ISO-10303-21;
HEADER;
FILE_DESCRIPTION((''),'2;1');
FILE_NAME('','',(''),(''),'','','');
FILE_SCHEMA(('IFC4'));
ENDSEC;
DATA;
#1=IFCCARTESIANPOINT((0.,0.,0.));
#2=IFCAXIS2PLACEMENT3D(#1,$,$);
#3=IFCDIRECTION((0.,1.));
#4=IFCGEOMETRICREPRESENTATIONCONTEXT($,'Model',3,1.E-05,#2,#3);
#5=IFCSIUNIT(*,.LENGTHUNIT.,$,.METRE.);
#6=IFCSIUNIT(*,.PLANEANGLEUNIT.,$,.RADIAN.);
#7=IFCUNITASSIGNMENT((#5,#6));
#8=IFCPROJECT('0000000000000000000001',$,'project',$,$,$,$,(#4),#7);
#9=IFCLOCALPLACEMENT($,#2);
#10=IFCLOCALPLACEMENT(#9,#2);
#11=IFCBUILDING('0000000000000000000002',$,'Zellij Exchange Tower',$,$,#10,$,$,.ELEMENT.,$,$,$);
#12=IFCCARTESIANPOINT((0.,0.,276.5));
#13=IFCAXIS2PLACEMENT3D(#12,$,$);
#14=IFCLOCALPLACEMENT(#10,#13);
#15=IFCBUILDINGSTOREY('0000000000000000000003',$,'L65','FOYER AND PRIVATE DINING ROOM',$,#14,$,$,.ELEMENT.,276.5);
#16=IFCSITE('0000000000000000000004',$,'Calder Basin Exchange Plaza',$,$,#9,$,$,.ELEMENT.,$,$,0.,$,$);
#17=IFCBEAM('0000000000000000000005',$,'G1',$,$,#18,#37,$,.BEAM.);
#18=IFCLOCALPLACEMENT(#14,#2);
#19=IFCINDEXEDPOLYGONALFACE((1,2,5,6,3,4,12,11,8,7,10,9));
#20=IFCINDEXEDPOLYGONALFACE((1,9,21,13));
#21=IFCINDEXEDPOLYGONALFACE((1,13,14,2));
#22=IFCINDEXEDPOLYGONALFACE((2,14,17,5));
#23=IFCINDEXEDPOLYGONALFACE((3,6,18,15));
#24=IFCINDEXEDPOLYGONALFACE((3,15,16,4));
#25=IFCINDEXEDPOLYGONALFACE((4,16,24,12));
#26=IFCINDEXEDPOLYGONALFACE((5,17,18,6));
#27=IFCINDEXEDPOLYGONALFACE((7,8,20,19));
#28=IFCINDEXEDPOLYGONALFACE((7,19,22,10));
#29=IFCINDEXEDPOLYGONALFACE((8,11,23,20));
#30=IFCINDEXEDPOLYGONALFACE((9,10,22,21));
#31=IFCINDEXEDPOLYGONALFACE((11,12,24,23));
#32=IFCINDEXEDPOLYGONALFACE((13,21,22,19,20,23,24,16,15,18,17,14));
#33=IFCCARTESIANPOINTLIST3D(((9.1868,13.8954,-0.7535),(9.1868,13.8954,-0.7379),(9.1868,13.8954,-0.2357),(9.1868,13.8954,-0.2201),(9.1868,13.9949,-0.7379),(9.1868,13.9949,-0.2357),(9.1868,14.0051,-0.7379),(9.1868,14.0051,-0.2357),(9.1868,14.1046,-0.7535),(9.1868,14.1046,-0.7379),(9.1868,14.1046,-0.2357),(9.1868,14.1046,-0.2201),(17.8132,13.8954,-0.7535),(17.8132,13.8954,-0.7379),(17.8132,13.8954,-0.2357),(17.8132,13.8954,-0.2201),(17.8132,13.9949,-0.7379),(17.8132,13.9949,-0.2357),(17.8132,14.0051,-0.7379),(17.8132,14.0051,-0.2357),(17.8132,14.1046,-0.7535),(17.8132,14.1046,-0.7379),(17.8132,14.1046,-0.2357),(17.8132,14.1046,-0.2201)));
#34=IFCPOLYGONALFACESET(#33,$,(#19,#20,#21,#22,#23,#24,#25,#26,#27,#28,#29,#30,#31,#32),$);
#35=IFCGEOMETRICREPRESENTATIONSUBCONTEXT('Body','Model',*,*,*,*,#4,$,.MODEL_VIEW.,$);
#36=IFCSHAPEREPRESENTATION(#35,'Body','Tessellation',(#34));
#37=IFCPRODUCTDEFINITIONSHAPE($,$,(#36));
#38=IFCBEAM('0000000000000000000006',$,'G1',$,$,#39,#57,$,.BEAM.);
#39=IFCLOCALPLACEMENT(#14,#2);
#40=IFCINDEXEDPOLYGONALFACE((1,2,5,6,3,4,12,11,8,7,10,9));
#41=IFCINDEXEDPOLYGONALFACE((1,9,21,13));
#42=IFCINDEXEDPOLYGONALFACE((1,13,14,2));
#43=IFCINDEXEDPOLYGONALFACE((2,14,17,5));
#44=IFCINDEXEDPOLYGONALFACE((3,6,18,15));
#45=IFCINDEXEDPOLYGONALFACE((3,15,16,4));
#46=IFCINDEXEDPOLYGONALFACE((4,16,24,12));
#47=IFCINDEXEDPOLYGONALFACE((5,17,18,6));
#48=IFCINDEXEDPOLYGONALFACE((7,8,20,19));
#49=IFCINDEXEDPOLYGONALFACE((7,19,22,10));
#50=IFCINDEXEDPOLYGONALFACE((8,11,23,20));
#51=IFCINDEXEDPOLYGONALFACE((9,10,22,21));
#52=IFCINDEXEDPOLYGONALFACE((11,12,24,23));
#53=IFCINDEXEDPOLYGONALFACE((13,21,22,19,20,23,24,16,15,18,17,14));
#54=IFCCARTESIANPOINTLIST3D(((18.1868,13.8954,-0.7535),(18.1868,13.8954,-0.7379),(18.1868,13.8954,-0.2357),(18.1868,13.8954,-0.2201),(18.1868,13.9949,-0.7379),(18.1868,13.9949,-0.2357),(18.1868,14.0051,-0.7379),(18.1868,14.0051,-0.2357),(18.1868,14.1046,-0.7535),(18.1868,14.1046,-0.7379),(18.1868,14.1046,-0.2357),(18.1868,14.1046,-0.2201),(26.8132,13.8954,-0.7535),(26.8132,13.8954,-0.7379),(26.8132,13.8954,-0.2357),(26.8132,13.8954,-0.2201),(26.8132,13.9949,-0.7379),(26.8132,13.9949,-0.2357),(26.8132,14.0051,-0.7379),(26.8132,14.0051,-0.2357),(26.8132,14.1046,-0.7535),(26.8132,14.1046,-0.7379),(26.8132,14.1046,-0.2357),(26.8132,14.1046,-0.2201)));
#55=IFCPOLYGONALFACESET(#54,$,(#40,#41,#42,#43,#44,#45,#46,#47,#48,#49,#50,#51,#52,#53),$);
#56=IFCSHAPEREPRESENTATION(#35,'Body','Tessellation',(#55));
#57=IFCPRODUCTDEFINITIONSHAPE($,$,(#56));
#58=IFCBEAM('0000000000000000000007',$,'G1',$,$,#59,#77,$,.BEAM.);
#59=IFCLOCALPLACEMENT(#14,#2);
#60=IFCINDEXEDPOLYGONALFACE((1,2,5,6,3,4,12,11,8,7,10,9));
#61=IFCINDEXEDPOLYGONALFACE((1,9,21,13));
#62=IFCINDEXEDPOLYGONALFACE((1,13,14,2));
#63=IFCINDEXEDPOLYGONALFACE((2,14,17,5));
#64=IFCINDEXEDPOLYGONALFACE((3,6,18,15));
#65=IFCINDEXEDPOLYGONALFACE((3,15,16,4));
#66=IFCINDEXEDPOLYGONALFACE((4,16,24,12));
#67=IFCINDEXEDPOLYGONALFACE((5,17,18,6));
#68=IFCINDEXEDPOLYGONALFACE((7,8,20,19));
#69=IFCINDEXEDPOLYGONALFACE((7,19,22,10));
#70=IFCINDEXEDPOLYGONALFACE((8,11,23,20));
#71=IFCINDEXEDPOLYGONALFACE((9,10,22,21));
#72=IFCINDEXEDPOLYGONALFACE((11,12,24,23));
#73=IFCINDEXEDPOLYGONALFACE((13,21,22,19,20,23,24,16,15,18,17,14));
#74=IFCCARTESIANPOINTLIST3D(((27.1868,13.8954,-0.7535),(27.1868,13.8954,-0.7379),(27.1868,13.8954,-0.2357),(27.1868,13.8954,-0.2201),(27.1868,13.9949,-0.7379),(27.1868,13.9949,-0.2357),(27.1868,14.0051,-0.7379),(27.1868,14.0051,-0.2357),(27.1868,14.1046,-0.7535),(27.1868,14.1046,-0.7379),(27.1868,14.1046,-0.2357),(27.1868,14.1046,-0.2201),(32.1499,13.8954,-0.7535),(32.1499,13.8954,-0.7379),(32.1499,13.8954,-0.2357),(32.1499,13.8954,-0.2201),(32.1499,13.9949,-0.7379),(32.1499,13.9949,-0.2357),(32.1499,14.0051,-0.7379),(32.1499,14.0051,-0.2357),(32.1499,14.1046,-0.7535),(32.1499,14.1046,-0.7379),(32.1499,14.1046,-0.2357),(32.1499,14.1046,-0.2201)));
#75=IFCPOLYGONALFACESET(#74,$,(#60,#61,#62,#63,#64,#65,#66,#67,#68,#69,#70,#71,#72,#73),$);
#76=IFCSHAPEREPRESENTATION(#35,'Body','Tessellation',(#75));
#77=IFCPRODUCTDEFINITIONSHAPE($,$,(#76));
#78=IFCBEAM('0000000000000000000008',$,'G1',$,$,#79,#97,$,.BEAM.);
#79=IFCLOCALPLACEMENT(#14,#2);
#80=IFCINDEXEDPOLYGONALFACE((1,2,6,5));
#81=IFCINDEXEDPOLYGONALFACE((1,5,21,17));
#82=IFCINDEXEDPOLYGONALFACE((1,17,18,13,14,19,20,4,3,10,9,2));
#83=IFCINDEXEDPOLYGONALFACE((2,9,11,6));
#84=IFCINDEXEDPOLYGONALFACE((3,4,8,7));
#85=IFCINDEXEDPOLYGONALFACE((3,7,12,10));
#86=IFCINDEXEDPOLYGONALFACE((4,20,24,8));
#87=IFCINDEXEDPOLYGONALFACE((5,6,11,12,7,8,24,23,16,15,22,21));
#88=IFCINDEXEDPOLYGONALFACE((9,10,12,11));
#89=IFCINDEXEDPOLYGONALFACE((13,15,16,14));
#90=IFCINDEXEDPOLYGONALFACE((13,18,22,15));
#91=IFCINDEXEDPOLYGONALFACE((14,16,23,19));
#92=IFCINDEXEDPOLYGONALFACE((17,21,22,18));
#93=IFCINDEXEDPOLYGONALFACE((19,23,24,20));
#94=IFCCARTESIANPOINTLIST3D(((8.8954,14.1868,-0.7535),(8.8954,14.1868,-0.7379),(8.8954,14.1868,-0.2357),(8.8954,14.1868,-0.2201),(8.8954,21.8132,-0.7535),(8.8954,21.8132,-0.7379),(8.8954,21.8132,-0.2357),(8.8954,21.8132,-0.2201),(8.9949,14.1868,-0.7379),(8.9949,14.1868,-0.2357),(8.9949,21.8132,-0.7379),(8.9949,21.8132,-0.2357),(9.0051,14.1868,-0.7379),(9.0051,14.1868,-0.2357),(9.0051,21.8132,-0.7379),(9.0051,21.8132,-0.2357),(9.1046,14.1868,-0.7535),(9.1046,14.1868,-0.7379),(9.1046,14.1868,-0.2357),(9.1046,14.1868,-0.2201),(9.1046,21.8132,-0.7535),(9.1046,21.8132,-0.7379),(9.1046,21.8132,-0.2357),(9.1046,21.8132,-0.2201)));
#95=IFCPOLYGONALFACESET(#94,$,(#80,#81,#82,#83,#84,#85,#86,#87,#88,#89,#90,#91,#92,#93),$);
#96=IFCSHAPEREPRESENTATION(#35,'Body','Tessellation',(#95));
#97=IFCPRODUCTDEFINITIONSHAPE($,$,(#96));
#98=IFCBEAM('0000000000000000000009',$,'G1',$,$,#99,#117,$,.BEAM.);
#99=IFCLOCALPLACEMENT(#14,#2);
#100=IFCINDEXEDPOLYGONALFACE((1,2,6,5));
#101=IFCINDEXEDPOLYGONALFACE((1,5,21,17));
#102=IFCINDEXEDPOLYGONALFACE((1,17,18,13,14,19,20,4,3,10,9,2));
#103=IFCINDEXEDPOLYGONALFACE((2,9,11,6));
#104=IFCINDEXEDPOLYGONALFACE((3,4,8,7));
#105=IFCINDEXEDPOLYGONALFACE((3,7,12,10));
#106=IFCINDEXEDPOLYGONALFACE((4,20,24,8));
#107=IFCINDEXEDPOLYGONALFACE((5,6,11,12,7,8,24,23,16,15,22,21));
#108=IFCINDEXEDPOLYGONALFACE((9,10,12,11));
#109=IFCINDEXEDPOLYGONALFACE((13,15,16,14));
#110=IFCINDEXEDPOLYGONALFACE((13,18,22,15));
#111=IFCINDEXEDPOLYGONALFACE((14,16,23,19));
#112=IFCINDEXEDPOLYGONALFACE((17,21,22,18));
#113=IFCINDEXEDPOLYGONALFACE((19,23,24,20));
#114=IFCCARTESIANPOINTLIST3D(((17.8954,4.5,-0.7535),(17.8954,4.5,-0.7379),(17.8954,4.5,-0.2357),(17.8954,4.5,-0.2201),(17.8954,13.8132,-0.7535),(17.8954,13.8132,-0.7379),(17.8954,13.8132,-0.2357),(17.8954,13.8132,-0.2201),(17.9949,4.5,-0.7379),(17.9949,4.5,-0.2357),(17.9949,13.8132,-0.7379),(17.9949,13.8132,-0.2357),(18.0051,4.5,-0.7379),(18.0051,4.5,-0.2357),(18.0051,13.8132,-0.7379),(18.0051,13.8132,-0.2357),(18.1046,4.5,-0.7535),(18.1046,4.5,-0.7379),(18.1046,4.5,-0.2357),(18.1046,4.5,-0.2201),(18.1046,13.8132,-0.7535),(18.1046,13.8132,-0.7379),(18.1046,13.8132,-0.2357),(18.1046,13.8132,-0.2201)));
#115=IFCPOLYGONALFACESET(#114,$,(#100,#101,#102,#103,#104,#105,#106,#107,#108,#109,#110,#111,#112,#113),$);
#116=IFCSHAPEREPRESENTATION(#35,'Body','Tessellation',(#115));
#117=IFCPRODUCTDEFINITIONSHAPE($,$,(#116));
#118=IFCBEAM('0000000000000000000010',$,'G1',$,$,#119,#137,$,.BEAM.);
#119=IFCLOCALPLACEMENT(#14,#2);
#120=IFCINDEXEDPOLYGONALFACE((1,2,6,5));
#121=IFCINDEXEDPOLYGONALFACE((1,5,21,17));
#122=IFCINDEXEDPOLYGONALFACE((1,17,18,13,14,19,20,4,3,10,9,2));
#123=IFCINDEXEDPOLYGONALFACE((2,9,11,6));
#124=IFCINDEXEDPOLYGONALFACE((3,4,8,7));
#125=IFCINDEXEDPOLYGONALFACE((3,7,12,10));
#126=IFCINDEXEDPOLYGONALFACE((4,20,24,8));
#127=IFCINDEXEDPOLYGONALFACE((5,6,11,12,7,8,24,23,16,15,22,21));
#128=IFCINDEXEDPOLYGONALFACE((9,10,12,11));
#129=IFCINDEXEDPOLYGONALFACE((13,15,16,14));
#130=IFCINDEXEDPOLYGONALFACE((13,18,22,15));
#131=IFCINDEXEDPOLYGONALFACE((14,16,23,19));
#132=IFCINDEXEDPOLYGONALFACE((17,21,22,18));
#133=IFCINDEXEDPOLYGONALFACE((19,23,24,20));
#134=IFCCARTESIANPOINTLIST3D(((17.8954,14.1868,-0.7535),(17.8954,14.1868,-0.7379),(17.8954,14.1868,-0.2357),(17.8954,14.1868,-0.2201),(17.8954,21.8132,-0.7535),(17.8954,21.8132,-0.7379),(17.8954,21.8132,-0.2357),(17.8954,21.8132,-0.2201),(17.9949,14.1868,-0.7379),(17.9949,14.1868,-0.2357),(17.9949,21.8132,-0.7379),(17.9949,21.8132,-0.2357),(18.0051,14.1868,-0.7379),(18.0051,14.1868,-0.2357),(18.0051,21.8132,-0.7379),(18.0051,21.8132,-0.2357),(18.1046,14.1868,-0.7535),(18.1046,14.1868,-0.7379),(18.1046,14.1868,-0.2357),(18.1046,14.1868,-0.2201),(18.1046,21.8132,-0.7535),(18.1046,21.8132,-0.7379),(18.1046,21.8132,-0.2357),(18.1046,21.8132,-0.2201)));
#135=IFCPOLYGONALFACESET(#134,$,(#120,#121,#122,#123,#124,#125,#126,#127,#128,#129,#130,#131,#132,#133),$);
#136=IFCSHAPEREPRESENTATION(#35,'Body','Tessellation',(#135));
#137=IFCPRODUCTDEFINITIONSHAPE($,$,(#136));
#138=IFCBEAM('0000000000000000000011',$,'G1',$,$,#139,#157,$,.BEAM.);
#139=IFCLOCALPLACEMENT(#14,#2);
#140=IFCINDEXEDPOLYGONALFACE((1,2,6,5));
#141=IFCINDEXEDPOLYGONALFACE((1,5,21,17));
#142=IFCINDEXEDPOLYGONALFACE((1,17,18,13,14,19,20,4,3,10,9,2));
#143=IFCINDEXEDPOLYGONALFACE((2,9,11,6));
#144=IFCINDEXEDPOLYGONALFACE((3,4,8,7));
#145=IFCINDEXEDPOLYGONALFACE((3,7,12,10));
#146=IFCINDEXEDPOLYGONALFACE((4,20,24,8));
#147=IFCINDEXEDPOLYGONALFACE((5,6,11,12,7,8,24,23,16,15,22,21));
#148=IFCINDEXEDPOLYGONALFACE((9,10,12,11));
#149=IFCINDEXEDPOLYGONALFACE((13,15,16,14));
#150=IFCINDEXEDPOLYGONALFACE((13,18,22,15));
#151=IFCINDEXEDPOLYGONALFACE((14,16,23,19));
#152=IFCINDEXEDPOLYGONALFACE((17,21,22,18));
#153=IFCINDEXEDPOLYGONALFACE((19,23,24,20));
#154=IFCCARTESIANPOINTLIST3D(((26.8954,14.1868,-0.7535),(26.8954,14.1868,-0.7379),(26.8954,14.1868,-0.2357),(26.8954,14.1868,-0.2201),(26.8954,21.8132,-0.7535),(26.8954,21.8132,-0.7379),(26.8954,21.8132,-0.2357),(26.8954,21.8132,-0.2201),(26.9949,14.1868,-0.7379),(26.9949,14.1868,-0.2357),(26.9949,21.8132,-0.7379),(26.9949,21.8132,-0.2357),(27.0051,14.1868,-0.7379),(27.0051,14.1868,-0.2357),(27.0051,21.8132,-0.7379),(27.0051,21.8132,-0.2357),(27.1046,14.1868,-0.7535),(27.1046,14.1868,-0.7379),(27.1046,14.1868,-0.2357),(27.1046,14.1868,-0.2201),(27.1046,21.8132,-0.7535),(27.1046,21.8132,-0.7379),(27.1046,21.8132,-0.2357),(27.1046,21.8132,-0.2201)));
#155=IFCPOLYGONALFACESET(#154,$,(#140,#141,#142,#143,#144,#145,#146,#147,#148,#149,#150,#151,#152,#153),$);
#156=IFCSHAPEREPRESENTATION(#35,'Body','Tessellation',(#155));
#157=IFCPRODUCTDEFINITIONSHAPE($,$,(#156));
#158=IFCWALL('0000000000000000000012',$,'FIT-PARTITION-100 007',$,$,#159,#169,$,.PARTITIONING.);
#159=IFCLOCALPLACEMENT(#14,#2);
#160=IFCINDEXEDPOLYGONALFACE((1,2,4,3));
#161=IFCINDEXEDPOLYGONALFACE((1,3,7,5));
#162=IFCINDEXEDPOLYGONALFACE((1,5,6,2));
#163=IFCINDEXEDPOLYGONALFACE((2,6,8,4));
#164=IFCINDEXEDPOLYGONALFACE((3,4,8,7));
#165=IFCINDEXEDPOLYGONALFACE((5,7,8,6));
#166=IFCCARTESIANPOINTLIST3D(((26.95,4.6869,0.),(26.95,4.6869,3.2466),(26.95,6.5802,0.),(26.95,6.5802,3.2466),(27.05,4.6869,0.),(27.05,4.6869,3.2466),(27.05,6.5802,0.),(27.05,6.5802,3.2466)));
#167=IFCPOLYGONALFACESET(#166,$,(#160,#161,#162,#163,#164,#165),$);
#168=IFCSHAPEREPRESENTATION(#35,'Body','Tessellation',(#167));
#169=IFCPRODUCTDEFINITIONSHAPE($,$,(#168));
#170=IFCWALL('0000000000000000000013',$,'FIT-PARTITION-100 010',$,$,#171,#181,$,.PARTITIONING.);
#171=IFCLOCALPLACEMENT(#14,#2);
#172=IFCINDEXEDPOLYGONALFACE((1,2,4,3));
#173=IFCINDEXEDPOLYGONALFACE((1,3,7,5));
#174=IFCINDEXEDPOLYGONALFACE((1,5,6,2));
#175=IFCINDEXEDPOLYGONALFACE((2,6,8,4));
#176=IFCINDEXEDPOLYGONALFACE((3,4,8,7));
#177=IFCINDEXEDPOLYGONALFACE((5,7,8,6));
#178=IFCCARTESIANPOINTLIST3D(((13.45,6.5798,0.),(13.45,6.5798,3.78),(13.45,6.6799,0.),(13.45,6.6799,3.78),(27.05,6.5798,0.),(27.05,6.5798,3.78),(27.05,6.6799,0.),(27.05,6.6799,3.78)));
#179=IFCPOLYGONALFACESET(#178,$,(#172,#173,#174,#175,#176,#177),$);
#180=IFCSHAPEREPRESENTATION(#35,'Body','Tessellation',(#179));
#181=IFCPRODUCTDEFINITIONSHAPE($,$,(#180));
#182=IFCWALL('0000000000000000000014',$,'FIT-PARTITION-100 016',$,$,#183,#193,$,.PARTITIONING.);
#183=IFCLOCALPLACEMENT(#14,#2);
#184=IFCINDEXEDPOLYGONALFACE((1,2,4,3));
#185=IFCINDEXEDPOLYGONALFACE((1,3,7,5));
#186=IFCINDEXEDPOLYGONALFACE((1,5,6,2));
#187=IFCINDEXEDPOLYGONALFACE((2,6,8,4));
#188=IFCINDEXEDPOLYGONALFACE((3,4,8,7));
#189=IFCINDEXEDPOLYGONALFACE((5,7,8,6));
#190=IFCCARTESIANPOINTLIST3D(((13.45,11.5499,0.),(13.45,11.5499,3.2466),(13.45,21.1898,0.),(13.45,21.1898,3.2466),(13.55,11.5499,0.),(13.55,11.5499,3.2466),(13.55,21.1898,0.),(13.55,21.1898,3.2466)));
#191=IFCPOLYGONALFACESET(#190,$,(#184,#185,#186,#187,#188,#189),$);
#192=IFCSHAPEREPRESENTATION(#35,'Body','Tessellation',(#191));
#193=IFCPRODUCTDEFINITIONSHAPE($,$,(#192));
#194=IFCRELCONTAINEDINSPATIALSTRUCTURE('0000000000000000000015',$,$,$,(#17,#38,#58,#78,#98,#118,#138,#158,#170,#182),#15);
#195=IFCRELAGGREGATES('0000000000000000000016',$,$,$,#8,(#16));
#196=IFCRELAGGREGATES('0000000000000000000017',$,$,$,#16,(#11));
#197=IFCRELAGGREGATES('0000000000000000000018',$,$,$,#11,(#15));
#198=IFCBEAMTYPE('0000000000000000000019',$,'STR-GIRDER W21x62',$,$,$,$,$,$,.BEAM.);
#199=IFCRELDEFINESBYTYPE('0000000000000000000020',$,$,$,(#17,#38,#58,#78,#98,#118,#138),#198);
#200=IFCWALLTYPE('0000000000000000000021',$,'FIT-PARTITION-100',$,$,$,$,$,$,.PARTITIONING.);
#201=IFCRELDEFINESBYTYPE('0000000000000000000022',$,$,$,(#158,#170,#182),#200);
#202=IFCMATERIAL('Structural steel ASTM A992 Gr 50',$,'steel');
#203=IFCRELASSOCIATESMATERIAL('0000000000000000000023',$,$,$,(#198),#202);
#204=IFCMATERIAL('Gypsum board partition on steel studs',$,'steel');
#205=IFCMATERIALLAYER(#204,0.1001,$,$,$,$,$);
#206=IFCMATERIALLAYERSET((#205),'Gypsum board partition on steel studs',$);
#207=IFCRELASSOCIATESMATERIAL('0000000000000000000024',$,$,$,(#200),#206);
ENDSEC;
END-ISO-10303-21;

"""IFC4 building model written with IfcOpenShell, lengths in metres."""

from ifc_helpers import new_model, si_unit, direction, frame, frame_2d, origin, origin_2d, place, context, subcontext, project, spatial, rectangle, i_section, extrude, material, layer, layer_set, material_profile, profile_set, type_object, element, save


model = new_model("IFC4")

# Units and contexts
model_context = context("Model", 3, precision=1e-05, world=origin(), true_north=direction((0.0, 1.0)))
body_context = subcontext(model_context, "Body", "Model", "MODEL_VIEW")
ifc_project = project(units=[si_unit("LENGTHUNIT", "METRE"), si_unit("PLANEANGLEUNIT", "RADIAN")], contexts=[model_context])

# Site, building, storey
site_placement = place(None, origin())
site = spatial("IfcSite", under=ifc_project, at=site_placement, Name="Calder Basin Exchange Plaza", CompositionType="ELEMENT", RefElevation=0.0)
building_placement = place(site_placement, origin())
building = spatial("IfcBuilding", under=site, at=building_placement, Name="Zellij Exchange Tower", CompositionType="ELEMENT")
storey_placement = place(building_placement, frame((0.0, 0.0, 276.5)))
storey = spatial("IfcBuildingStorey", under=building, at=storey_placement, Name="L65", Description="FOYER AND PRIVATE DINING ROOM", CompositionType="ELEMENT", Elevation=276.5)

# Shared definitions
ifc_material_1 = material(Name="Structural steel ASTM A992 Gr 50", Category="steel")

# Beams
ifc_material_profile_1 = material_profile(ifc_material_1, i_section(OverallWidth=0.2092, OverallDepth=0.5334, WebThickness=0.0103, FlangeThickness=0.0156, at=origin_2d()), Name="W21x62")
ifc_profile_set_1 = profile_set([ifc_material_profile_1], Name="Structural steel ASTM A992 Gr 50")
beam_type_1 = type_object("IfcBeamType", Name="STR-GIRDER W21x62", PredefinedType="BEAM", material=ifc_profile_set_1)
for number, where, z_axis, x_axis, name in (
    (1, (9.1868, 14.0, -0.4868), (1.0, 0.0, 0.0), (0.0, 1.0, 0.0), "G1"),
    (2, (18.1868, 14.0, -0.4868), (1.0, 0.0, 0.0), (0.0, 1.0, 0.0), "G1"),
):
    element("IfcBeam", number, at=place(storey_placement, frame(where, z_axis=z_axis, x_axis=x_axis)), inside=storey, type_object=beam_type_1, Name=name, PredefinedType="BEAM", context=body_context, shape_type="SweptSolid", body=[
        extrude(i_section(OverallWidth=0.2092, OverallDepth=0.5334, WebThickness=0.0103, FlangeThickness=0.0156, at=origin_2d()), origin(), (0.0, 0.0, 1.0), 8.6265),
    ])
beam_1_placement = place(storey_placement, frame((27.1868, 14.0, -0.4868), z_axis=(1.0, 0.0, 0.0), x_axis=(0.0, 1.0, 0.0)))
element("IfcBeam", 3, at=beam_1_placement, inside=storey, type_object=beam_type_1, Name="G1", PredefinedType="BEAM", context=body_context, shape_type="SweptSolid", body=[
    extrude(i_section(OverallWidth=0.2092, OverallDepth=0.5334, WebThickness=0.0103, FlangeThickness=0.0156, at=origin_2d()), origin(), (0.0, 0.0, 1.0), 4.9631),
])
beam_2_placement = place(storey_placement, frame((9.0, 14.1868, -0.4868), z_axis=(0.0, 1.0, 0.0), x_axis=(-1.0, 0.0, 0.0)))
element("IfcBeam", 4, at=beam_2_placement, inside=storey, type_object=beam_type_1, Name="G1", PredefinedType="BEAM", context=body_context, shape_type="SweptSolid", body=[
    extrude(i_section(OverallWidth=0.2092, OverallDepth=0.5334, WebThickness=0.0103, FlangeThickness=0.0156, at=origin_2d()), origin(), (0.0, 0.0, 1.0), 7.6265),
])
beam_3_placement = place(storey_placement, frame((18.0, 4.5, -0.4868), z_axis=(0.0, 1.0, 0.0), x_axis=(-1.0, 0.0, 0.0)))
element("IfcBeam", 5, at=beam_3_placement, inside=storey, type_object=beam_type_1, Name="G1", PredefinedType="BEAM", context=body_context, shape_type="SweptSolid", body=[
    extrude(i_section(OverallWidth=0.2092, OverallDepth=0.5334, WebThickness=0.0103, FlangeThickness=0.0156, at=origin_2d()), origin(), (0.0, 0.0, 1.0), 9.3132),
])
for number, where, z_axis, x_axis, name in (
    (6, (18.0, 14.1868, -0.4868), (0.0, 1.0, 0.0), (-1.0, 0.0, 0.0), "G1"),
    (7, (27.0, 14.1868, -0.4868), (0.0, 1.0, 0.0), (-1.0, 0.0, 0.0), "G1"),
):
    element("IfcBeam", number, at=place(storey_placement, frame(where, z_axis=z_axis, x_axis=x_axis)), inside=storey, type_object=beam_type_1, Name=name, PredefinedType="BEAM", context=body_context, shape_type="SweptSolid", body=[
        extrude(i_section(OverallWidth=0.2092, OverallDepth=0.5334, WebThickness=0.0103, FlangeThickness=0.0156, at=origin_2d()), origin(), (0.0, 0.0, 1.0), 7.6265),
    ])

# Walls
ifc_material_2 = material(Name="Gypsum board partition on steel studs", Category="steel")
ifc_layer = layer(ifc_material_2, 0.1001)
ifc_layer_set = layer_set([ifc_layer], Name="Gypsum board partition on steel studs")
wall_type = type_object("IfcWallType", Name="FIT-PARTITION-100", PredefinedType="PARTITIONING", material=ifc_layer_set)
wall_1_placement = place(storey_placement, frame((27.0, 4.6868, 0.0), z_axis=(0.0, 0.0, 1.0), x_axis=(0.0, 1.0, 0.0)))
element("IfcWall", 8, at=wall_1_placement, inside=storey, type_object=wall_type, Name="FIT-PARTITION-100 007", PredefinedType="PARTITIONING", context=body_context, shape_type="SweptSolid", body=[
    extrude(rectangle(XDim=1.8933, YDim=0.1001, at=frame_2d((0.9468, 0.0))), origin(), (0.0, 0.0, 1.0), 3.2466),
])
wall_2_placement = place(storey_placement, frame((13.45, 6.6299, 0.0), z_axis=(0.0, 0.0, 1.0), x_axis=(1.0, 0.0, 0.0)))
element("IfcWall", 9, at=wall_2_placement, inside=storey, type_object=wall_type, Name="FIT-PARTITION-100 010", PredefinedType="PARTITIONING", context=body_context, shape_type="SweptSolid", body=[
    extrude(rectangle(XDim=13.6001, YDim=0.1001, at=frame_2d((6.8, 0.0))), origin(), (0.0, 0.0, 1.0), 3.78),
])
wall_3_placement = place(storey_placement, frame((13.5, 11.55, 0.0), z_axis=(0.0, 0.0, 1.0), x_axis=(0.0, 1.0, 0.0)))
element("IfcWall", 10, at=wall_3_placement, inside=storey, type_object=wall_type, Name="FIT-PARTITION-100 016", PredefinedType="PARTITIONING", context=body_context, shape_type="SweptSolid", body=[
    extrude(rectangle(XDim=9.6399, YDim=0.1001, at=frame_2d((4.8198, 0.0))), origin(), (0.0, 0.0, 1.0), 3.2466),
])

save(model, "model.ifc")
